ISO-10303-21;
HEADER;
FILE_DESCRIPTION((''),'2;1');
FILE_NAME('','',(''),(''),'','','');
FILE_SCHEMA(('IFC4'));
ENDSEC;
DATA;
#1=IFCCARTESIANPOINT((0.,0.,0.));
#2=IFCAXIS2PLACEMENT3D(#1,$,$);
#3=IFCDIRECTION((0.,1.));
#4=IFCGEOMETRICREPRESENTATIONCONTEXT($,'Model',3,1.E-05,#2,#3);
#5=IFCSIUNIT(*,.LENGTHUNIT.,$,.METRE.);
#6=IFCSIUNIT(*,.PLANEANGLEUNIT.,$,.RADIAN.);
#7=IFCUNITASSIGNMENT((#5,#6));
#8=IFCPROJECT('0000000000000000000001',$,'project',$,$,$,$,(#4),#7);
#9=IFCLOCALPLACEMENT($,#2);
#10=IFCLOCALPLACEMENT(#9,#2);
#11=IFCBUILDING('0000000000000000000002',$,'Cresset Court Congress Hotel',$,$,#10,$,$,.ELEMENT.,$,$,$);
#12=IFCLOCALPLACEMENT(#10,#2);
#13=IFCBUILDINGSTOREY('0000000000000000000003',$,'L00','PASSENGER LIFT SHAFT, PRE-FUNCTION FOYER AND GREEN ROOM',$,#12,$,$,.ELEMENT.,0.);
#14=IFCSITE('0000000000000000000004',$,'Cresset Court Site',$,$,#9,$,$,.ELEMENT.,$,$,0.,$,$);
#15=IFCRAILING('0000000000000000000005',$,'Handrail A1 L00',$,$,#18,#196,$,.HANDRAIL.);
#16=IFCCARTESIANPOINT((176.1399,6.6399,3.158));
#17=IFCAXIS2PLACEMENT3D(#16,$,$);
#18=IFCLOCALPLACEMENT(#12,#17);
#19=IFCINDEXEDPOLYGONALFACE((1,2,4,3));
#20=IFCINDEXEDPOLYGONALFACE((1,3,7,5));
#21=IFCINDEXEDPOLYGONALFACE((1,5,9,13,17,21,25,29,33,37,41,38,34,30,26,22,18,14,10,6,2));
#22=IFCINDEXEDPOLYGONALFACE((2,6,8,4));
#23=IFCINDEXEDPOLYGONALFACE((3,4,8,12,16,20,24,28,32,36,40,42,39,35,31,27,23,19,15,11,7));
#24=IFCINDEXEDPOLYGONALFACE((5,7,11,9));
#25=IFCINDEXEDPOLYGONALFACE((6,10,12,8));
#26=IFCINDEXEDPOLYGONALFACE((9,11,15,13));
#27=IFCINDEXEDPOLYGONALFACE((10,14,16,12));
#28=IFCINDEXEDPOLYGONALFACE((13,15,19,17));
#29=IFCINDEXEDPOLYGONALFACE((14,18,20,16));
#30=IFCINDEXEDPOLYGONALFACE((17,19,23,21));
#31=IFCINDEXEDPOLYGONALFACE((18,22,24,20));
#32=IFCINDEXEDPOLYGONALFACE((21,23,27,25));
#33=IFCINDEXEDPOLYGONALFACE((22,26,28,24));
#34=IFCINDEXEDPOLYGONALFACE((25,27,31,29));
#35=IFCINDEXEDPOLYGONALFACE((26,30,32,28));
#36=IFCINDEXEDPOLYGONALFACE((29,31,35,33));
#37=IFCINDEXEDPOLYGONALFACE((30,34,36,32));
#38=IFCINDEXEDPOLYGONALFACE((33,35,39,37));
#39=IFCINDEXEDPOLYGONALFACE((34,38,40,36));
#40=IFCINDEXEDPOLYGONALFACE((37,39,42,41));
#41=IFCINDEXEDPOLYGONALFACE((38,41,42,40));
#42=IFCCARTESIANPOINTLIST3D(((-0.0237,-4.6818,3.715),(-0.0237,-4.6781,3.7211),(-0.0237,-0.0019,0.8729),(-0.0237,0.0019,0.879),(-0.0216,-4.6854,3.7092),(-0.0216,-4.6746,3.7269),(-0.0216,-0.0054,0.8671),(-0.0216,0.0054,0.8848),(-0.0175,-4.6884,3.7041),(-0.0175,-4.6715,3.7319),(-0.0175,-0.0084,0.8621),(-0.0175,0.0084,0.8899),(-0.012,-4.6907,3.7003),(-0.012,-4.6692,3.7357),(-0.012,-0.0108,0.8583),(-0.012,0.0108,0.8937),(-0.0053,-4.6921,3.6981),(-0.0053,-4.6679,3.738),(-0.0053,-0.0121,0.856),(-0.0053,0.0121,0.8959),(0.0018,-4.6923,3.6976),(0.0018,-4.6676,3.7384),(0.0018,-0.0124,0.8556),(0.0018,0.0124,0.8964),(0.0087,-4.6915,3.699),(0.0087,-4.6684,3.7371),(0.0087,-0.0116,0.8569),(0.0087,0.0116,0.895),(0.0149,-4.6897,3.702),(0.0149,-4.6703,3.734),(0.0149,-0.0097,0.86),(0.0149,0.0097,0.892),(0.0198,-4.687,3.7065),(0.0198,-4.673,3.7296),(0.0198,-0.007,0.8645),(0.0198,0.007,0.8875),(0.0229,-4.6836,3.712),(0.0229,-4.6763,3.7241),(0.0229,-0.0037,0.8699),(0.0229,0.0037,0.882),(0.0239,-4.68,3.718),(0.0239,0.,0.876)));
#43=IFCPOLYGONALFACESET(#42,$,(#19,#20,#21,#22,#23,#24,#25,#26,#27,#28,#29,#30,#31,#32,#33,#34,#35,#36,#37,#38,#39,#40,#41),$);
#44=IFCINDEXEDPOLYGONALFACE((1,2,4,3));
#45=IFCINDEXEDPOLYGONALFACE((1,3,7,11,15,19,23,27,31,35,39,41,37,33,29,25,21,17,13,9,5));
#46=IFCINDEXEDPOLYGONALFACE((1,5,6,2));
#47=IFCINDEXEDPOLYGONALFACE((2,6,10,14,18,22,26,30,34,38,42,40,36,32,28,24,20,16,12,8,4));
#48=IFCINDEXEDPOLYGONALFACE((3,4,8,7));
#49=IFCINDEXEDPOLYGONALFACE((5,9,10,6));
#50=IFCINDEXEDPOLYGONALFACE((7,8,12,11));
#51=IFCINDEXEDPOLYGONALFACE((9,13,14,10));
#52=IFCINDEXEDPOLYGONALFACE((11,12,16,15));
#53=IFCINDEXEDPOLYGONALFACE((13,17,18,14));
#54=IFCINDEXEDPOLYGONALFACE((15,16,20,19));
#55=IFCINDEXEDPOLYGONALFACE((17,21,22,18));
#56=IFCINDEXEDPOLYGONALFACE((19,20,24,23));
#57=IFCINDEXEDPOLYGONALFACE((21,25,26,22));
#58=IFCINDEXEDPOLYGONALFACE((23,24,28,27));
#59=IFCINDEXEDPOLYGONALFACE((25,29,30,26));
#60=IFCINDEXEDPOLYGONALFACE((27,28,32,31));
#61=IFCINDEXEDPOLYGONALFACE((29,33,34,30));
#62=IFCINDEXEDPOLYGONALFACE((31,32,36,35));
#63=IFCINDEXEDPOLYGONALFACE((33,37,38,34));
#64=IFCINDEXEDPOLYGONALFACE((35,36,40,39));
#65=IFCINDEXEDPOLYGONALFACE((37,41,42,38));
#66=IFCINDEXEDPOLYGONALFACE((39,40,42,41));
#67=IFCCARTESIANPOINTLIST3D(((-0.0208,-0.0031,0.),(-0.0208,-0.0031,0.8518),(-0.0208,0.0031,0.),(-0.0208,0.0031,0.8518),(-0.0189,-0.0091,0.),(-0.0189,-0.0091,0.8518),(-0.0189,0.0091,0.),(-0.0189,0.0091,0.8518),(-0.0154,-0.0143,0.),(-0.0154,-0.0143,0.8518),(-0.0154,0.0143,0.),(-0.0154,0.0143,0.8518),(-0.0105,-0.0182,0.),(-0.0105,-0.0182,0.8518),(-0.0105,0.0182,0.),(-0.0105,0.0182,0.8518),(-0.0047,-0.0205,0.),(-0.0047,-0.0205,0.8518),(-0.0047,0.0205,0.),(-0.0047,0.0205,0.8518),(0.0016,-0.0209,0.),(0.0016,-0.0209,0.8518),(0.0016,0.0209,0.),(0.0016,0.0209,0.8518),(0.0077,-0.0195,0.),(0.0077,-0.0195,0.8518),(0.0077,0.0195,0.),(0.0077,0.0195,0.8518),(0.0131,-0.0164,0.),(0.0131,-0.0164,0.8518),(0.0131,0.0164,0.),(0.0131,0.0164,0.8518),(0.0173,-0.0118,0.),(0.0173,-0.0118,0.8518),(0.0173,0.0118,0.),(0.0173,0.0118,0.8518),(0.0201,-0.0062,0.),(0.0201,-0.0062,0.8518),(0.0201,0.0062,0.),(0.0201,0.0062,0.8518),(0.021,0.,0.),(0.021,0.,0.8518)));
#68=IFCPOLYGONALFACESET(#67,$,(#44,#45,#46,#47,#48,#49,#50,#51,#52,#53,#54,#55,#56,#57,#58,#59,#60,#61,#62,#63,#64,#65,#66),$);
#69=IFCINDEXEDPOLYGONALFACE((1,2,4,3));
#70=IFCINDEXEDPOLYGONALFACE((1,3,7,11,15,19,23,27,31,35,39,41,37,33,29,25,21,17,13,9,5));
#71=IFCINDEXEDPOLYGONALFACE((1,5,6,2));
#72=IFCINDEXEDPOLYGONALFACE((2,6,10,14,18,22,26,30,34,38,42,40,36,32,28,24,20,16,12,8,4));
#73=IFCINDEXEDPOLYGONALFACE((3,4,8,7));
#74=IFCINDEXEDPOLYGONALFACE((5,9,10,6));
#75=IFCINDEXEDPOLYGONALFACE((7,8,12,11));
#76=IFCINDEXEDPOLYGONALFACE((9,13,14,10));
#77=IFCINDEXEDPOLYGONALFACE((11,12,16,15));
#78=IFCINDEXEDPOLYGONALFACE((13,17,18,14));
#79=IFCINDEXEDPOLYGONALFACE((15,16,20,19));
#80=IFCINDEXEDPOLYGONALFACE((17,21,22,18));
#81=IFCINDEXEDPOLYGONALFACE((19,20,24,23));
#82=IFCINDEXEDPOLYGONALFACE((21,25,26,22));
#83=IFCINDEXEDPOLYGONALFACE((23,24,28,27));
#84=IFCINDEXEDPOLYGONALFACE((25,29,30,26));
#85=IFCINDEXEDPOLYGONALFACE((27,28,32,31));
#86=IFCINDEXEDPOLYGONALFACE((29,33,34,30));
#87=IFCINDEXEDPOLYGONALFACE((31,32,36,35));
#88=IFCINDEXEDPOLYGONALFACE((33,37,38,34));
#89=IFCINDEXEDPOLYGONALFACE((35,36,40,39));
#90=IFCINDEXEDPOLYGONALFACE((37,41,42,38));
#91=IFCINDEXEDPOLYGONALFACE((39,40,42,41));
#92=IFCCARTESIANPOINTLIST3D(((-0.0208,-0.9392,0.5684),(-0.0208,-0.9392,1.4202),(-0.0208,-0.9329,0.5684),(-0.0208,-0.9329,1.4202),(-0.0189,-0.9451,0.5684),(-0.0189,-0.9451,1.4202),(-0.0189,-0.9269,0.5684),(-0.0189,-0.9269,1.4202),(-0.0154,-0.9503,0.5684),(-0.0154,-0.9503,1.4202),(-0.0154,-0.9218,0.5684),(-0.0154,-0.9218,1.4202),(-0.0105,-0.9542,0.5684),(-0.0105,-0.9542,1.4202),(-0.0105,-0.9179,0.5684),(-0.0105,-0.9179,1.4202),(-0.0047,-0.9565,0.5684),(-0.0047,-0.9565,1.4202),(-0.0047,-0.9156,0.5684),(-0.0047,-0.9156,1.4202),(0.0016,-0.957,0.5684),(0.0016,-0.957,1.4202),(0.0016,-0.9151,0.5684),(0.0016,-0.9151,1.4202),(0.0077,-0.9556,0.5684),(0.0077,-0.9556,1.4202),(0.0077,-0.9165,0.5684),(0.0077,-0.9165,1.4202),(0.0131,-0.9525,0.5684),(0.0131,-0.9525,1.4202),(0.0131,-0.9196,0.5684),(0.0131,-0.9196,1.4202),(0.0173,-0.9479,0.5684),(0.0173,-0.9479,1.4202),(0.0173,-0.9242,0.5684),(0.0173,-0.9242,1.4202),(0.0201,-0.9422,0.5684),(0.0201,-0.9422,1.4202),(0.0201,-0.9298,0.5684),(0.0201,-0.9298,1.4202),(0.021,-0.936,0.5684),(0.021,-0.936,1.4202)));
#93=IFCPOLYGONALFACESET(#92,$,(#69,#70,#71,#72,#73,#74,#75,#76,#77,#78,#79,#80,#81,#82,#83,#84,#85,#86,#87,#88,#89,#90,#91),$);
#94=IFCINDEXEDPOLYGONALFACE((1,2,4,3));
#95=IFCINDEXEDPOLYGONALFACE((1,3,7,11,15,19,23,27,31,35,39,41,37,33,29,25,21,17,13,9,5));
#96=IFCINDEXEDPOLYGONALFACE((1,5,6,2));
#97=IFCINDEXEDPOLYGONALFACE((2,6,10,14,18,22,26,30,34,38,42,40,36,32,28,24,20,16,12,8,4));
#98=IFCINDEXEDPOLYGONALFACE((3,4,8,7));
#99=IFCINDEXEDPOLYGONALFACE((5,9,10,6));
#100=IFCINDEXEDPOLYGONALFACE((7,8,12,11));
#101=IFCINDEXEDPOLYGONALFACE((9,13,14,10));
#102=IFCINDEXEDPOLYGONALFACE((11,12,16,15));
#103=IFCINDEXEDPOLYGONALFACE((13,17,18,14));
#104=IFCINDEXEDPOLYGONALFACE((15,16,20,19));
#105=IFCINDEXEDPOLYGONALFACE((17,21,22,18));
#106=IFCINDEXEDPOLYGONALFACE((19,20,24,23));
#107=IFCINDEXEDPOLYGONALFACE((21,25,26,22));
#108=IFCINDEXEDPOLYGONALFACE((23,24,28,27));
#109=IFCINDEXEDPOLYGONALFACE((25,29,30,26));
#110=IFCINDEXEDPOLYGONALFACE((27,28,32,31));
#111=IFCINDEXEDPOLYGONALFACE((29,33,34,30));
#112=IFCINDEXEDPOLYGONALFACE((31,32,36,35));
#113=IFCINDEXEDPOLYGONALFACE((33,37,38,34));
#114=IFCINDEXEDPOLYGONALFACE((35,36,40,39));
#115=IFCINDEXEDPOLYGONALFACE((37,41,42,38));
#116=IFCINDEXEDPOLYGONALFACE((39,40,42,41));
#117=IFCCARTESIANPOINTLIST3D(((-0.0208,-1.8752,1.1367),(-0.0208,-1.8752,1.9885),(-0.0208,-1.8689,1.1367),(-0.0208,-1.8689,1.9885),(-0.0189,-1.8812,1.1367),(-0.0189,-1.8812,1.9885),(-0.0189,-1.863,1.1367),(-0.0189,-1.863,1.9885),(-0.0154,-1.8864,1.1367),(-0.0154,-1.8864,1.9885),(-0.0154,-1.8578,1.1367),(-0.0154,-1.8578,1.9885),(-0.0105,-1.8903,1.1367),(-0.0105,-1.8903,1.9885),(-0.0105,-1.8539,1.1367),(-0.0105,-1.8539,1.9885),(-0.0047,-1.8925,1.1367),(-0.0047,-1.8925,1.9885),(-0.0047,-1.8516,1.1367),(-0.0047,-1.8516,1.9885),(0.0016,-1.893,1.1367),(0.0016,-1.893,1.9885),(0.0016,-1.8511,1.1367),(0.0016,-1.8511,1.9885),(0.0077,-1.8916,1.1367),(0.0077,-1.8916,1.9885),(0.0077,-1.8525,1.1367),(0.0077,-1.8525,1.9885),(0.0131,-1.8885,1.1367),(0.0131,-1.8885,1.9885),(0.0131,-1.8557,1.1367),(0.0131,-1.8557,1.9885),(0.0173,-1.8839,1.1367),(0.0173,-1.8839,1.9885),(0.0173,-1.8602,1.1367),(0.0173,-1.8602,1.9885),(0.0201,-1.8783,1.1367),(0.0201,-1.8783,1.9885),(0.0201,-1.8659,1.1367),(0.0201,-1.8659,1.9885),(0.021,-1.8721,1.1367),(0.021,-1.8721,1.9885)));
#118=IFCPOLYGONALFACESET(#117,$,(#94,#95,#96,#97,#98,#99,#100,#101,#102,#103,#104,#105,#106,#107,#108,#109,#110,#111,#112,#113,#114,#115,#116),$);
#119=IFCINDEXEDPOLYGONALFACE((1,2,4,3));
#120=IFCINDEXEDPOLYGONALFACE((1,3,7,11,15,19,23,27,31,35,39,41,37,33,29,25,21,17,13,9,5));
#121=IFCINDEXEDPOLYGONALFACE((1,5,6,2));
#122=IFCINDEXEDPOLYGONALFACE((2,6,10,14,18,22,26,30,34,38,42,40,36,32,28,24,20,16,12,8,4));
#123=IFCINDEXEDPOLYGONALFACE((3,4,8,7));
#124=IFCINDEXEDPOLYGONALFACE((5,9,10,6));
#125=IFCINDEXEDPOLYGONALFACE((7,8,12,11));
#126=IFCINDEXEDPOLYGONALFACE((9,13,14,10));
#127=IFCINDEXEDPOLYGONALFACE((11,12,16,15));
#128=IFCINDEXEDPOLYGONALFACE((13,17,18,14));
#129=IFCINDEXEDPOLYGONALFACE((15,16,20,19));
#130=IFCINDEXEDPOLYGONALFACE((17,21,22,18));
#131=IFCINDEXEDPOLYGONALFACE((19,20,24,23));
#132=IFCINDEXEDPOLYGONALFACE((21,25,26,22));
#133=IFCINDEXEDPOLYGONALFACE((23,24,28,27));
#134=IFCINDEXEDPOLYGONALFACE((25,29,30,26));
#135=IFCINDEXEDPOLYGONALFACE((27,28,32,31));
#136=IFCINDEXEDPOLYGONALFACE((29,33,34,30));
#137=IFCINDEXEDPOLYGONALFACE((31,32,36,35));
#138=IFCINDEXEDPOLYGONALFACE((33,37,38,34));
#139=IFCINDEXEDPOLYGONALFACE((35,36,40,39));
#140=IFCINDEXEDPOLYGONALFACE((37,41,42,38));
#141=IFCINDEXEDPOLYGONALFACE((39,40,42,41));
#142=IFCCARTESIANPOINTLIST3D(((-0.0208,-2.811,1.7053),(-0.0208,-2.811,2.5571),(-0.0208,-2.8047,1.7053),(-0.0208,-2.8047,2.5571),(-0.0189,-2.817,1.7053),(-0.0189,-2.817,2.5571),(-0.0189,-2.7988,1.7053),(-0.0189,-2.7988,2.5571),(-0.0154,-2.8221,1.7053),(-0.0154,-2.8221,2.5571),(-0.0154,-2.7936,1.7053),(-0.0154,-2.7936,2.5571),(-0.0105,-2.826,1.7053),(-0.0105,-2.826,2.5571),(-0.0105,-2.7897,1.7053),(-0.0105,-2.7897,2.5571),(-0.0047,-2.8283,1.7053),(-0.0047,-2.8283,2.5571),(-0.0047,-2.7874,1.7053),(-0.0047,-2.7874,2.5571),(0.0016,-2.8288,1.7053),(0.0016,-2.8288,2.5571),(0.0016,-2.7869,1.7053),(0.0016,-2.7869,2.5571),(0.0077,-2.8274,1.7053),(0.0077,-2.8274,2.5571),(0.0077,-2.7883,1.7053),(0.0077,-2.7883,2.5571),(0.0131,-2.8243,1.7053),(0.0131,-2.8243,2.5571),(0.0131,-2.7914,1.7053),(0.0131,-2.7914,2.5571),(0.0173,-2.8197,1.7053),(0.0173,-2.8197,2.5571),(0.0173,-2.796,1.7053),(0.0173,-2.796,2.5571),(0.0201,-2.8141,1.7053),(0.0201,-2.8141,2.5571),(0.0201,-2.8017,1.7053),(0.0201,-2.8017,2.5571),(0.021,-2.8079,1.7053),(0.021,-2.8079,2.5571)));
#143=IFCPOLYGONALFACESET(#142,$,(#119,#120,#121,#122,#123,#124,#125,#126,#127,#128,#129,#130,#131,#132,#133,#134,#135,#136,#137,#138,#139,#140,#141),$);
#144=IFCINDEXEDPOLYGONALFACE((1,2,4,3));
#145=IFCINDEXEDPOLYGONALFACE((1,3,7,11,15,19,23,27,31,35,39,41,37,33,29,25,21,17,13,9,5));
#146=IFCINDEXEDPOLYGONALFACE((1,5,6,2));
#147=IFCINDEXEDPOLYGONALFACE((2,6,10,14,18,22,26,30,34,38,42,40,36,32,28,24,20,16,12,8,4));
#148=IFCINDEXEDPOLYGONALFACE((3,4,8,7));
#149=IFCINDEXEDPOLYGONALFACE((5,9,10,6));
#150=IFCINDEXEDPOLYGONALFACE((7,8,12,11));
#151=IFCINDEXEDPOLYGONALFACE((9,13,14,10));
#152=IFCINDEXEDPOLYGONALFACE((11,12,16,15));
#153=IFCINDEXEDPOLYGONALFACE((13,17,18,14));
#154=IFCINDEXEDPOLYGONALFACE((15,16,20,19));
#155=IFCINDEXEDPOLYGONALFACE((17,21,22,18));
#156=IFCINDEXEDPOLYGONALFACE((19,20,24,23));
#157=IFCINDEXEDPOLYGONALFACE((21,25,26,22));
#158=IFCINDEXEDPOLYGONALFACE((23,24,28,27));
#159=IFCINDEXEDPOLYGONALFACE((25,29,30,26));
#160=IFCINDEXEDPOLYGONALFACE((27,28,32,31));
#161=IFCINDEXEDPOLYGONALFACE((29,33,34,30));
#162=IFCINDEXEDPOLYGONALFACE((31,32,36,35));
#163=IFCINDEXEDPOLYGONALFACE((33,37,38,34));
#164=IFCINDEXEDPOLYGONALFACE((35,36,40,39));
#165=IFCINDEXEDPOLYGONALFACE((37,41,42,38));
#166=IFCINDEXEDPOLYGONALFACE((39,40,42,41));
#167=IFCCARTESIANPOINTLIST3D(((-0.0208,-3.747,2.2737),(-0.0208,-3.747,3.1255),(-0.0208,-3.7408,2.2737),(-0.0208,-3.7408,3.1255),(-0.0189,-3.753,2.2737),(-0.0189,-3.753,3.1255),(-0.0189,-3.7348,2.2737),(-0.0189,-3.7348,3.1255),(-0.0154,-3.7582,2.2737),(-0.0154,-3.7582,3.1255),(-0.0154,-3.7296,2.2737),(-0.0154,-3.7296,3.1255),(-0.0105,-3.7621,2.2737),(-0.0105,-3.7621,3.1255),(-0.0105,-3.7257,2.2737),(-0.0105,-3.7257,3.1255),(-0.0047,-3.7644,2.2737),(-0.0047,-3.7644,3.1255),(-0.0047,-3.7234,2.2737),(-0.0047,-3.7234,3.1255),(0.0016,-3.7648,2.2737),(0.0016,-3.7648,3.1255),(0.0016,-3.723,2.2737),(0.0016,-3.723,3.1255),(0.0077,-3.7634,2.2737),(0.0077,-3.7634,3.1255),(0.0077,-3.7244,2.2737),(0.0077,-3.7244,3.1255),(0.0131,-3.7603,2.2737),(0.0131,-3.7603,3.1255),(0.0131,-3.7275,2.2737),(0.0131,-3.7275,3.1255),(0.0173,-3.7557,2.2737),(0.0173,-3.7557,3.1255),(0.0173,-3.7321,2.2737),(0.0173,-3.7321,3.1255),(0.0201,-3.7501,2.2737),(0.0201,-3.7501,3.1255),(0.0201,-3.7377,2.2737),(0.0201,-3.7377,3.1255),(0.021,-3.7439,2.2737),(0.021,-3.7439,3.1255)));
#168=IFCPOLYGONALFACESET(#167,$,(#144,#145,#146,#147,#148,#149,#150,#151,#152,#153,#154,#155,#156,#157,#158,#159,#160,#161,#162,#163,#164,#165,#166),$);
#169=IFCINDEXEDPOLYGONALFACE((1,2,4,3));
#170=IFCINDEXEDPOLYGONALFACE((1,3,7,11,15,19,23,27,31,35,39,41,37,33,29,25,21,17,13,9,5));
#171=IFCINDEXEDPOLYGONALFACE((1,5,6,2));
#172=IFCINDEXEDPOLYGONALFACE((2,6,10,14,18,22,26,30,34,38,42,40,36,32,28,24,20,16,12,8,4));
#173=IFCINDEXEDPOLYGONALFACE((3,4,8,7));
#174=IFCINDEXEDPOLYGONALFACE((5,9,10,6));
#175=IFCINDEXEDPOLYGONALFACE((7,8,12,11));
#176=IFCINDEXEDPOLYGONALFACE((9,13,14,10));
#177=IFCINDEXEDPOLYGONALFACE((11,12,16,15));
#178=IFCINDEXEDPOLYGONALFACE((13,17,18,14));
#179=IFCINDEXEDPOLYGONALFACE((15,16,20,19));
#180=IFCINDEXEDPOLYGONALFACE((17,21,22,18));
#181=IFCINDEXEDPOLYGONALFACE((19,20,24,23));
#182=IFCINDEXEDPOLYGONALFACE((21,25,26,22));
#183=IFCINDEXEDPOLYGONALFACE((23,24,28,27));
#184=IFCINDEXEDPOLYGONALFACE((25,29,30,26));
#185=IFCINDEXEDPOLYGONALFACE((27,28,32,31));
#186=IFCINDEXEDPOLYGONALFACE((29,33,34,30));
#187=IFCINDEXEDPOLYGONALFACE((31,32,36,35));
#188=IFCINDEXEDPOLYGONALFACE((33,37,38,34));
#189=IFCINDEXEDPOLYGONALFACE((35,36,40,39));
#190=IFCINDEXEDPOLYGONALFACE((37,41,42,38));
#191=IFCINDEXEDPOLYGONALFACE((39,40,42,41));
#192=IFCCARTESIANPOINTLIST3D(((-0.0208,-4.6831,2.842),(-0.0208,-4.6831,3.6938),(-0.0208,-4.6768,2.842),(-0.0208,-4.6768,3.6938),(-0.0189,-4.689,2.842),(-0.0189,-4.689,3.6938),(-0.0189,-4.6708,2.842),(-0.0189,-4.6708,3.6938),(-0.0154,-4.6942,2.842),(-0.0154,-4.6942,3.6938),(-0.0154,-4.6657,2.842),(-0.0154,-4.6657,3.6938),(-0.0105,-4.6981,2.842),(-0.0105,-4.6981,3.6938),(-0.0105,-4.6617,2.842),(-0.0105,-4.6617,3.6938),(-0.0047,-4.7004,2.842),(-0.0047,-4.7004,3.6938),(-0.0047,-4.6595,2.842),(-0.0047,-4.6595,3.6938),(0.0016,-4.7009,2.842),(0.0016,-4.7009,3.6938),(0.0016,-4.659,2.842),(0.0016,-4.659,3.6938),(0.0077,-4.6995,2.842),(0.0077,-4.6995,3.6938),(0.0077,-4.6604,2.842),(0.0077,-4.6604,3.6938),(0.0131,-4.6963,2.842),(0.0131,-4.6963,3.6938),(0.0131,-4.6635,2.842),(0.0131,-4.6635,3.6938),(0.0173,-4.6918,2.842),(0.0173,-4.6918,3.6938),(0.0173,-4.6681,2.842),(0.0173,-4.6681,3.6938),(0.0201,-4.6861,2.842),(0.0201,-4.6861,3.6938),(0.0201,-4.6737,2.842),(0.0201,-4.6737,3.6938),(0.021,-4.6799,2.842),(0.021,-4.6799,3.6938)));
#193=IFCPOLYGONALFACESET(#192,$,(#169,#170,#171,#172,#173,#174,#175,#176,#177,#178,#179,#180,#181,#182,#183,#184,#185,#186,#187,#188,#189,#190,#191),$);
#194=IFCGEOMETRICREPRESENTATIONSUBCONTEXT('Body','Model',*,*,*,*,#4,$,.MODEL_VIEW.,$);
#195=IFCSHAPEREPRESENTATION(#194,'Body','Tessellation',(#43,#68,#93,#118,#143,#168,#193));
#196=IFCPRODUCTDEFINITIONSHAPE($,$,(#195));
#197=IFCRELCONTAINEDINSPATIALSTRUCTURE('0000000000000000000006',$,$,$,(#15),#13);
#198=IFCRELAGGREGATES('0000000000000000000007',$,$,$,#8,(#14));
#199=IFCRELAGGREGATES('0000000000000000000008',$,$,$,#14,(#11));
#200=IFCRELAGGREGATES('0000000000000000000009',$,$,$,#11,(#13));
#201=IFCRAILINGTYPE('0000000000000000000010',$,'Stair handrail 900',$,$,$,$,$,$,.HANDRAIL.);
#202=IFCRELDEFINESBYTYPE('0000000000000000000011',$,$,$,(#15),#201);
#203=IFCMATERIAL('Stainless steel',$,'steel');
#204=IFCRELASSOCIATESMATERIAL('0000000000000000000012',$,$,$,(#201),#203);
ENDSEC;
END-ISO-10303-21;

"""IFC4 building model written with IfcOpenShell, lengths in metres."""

from ifc_helpers import new_model, si_unit, direction, frame, origin, origin_2d, place, context, subcontext, project, spatial, circle, extrude, material, type_object, element, save


model = new_model("IFC4")

# Units and contexts
model_context = context("Model", 3, precision=1e-05, world=origin(), true_north=direction((0.0, 1.0)))
body_context = subcontext(model_context, "Body", "Model", "MODEL_VIEW")
ifc_project = project(units=[si_unit("LENGTHUNIT", "METRE"), si_unit("PLANEANGLEUNIT", "RADIAN")], contexts=[model_context])

# Site, building, storey
site_placement = place(None, origin())
site = spatial("IfcSite", under=ifc_project, at=site_placement, Name="Cresset Court Site", CompositionType="ELEMENT", RefElevation=0.0)
building_placement = place(site_placement, origin())
building = spatial("IfcBuilding", under=site, at=building_placement, Name="Cresset Court Congress Hotel", CompositionType="ELEMENT")
storey_placement = place(building_placement, origin())
storey = spatial("IfcBuildingStorey", under=building, at=storey_placement, Name="L00", Description="PASSENGER LIFT SHAFT, PRE-FUNCTION FOYER AND GREEN ROOM", CompositionType="ELEMENT", Elevation=0.0)

# Railing
ifc_material_1 = material(Name="Stainless steel", Category="steel")
railing_type = type_object("IfcRailingType", Name="Stair handrail 900", PredefinedType="HANDRAIL", material=ifc_material_1)
railing_placement = place(storey_placement, frame((176.1399, 6.6399, 3.158)))
element("IfcRailing", 1, at=railing_placement, inside=storey, type_object=railing_type, Name="Handrail A1 L00", PredefinedType="HANDRAIL", context=body_context, shape_type="SweptSolid", body=[
    extrude(circle(Radius=0.0239, at=origin_2d()), frame((0.0, 0.0, 0.876), z_axis=(0.0, -0.854735, 0.519065), x_axis=(1.0, 0.0, 0.0)), (0.0, 0.0, 1.0), 5.4753),
    extrude(circle(Radius=0.021, at=origin_2d()), origin(), (0.0, 0.0, 1.0), 0.8518),
    extrude(circle(Radius=0.021, at=origin_2d()), frame((0.0, -0.936, 0.5684)), (0.0, 0.0, 1.0), 0.8518),
    extrude(circle(Radius=0.021, at=origin_2d()), frame((0.0, -1.8721, 1.1367)), (0.0, 0.0, 1.0), 0.8518),
    extrude(circle(Radius=0.021, at=origin_2d()), frame((0.0, -2.8079, 1.7053)), (0.0, 0.0, 1.0), 0.8518),
    extrude(circle(Radius=0.021, at=origin_2d()), frame((0.0, -3.7439, 2.2737)), (0.0, 0.0, 1.0), 0.8518),
    extrude(circle(Radius=0.021, at=origin_2d()), frame((0.0, -4.6799, 2.842)), (0.0, 0.0, 1.0), 0.8518),
])

save(model, "model.ifc")
